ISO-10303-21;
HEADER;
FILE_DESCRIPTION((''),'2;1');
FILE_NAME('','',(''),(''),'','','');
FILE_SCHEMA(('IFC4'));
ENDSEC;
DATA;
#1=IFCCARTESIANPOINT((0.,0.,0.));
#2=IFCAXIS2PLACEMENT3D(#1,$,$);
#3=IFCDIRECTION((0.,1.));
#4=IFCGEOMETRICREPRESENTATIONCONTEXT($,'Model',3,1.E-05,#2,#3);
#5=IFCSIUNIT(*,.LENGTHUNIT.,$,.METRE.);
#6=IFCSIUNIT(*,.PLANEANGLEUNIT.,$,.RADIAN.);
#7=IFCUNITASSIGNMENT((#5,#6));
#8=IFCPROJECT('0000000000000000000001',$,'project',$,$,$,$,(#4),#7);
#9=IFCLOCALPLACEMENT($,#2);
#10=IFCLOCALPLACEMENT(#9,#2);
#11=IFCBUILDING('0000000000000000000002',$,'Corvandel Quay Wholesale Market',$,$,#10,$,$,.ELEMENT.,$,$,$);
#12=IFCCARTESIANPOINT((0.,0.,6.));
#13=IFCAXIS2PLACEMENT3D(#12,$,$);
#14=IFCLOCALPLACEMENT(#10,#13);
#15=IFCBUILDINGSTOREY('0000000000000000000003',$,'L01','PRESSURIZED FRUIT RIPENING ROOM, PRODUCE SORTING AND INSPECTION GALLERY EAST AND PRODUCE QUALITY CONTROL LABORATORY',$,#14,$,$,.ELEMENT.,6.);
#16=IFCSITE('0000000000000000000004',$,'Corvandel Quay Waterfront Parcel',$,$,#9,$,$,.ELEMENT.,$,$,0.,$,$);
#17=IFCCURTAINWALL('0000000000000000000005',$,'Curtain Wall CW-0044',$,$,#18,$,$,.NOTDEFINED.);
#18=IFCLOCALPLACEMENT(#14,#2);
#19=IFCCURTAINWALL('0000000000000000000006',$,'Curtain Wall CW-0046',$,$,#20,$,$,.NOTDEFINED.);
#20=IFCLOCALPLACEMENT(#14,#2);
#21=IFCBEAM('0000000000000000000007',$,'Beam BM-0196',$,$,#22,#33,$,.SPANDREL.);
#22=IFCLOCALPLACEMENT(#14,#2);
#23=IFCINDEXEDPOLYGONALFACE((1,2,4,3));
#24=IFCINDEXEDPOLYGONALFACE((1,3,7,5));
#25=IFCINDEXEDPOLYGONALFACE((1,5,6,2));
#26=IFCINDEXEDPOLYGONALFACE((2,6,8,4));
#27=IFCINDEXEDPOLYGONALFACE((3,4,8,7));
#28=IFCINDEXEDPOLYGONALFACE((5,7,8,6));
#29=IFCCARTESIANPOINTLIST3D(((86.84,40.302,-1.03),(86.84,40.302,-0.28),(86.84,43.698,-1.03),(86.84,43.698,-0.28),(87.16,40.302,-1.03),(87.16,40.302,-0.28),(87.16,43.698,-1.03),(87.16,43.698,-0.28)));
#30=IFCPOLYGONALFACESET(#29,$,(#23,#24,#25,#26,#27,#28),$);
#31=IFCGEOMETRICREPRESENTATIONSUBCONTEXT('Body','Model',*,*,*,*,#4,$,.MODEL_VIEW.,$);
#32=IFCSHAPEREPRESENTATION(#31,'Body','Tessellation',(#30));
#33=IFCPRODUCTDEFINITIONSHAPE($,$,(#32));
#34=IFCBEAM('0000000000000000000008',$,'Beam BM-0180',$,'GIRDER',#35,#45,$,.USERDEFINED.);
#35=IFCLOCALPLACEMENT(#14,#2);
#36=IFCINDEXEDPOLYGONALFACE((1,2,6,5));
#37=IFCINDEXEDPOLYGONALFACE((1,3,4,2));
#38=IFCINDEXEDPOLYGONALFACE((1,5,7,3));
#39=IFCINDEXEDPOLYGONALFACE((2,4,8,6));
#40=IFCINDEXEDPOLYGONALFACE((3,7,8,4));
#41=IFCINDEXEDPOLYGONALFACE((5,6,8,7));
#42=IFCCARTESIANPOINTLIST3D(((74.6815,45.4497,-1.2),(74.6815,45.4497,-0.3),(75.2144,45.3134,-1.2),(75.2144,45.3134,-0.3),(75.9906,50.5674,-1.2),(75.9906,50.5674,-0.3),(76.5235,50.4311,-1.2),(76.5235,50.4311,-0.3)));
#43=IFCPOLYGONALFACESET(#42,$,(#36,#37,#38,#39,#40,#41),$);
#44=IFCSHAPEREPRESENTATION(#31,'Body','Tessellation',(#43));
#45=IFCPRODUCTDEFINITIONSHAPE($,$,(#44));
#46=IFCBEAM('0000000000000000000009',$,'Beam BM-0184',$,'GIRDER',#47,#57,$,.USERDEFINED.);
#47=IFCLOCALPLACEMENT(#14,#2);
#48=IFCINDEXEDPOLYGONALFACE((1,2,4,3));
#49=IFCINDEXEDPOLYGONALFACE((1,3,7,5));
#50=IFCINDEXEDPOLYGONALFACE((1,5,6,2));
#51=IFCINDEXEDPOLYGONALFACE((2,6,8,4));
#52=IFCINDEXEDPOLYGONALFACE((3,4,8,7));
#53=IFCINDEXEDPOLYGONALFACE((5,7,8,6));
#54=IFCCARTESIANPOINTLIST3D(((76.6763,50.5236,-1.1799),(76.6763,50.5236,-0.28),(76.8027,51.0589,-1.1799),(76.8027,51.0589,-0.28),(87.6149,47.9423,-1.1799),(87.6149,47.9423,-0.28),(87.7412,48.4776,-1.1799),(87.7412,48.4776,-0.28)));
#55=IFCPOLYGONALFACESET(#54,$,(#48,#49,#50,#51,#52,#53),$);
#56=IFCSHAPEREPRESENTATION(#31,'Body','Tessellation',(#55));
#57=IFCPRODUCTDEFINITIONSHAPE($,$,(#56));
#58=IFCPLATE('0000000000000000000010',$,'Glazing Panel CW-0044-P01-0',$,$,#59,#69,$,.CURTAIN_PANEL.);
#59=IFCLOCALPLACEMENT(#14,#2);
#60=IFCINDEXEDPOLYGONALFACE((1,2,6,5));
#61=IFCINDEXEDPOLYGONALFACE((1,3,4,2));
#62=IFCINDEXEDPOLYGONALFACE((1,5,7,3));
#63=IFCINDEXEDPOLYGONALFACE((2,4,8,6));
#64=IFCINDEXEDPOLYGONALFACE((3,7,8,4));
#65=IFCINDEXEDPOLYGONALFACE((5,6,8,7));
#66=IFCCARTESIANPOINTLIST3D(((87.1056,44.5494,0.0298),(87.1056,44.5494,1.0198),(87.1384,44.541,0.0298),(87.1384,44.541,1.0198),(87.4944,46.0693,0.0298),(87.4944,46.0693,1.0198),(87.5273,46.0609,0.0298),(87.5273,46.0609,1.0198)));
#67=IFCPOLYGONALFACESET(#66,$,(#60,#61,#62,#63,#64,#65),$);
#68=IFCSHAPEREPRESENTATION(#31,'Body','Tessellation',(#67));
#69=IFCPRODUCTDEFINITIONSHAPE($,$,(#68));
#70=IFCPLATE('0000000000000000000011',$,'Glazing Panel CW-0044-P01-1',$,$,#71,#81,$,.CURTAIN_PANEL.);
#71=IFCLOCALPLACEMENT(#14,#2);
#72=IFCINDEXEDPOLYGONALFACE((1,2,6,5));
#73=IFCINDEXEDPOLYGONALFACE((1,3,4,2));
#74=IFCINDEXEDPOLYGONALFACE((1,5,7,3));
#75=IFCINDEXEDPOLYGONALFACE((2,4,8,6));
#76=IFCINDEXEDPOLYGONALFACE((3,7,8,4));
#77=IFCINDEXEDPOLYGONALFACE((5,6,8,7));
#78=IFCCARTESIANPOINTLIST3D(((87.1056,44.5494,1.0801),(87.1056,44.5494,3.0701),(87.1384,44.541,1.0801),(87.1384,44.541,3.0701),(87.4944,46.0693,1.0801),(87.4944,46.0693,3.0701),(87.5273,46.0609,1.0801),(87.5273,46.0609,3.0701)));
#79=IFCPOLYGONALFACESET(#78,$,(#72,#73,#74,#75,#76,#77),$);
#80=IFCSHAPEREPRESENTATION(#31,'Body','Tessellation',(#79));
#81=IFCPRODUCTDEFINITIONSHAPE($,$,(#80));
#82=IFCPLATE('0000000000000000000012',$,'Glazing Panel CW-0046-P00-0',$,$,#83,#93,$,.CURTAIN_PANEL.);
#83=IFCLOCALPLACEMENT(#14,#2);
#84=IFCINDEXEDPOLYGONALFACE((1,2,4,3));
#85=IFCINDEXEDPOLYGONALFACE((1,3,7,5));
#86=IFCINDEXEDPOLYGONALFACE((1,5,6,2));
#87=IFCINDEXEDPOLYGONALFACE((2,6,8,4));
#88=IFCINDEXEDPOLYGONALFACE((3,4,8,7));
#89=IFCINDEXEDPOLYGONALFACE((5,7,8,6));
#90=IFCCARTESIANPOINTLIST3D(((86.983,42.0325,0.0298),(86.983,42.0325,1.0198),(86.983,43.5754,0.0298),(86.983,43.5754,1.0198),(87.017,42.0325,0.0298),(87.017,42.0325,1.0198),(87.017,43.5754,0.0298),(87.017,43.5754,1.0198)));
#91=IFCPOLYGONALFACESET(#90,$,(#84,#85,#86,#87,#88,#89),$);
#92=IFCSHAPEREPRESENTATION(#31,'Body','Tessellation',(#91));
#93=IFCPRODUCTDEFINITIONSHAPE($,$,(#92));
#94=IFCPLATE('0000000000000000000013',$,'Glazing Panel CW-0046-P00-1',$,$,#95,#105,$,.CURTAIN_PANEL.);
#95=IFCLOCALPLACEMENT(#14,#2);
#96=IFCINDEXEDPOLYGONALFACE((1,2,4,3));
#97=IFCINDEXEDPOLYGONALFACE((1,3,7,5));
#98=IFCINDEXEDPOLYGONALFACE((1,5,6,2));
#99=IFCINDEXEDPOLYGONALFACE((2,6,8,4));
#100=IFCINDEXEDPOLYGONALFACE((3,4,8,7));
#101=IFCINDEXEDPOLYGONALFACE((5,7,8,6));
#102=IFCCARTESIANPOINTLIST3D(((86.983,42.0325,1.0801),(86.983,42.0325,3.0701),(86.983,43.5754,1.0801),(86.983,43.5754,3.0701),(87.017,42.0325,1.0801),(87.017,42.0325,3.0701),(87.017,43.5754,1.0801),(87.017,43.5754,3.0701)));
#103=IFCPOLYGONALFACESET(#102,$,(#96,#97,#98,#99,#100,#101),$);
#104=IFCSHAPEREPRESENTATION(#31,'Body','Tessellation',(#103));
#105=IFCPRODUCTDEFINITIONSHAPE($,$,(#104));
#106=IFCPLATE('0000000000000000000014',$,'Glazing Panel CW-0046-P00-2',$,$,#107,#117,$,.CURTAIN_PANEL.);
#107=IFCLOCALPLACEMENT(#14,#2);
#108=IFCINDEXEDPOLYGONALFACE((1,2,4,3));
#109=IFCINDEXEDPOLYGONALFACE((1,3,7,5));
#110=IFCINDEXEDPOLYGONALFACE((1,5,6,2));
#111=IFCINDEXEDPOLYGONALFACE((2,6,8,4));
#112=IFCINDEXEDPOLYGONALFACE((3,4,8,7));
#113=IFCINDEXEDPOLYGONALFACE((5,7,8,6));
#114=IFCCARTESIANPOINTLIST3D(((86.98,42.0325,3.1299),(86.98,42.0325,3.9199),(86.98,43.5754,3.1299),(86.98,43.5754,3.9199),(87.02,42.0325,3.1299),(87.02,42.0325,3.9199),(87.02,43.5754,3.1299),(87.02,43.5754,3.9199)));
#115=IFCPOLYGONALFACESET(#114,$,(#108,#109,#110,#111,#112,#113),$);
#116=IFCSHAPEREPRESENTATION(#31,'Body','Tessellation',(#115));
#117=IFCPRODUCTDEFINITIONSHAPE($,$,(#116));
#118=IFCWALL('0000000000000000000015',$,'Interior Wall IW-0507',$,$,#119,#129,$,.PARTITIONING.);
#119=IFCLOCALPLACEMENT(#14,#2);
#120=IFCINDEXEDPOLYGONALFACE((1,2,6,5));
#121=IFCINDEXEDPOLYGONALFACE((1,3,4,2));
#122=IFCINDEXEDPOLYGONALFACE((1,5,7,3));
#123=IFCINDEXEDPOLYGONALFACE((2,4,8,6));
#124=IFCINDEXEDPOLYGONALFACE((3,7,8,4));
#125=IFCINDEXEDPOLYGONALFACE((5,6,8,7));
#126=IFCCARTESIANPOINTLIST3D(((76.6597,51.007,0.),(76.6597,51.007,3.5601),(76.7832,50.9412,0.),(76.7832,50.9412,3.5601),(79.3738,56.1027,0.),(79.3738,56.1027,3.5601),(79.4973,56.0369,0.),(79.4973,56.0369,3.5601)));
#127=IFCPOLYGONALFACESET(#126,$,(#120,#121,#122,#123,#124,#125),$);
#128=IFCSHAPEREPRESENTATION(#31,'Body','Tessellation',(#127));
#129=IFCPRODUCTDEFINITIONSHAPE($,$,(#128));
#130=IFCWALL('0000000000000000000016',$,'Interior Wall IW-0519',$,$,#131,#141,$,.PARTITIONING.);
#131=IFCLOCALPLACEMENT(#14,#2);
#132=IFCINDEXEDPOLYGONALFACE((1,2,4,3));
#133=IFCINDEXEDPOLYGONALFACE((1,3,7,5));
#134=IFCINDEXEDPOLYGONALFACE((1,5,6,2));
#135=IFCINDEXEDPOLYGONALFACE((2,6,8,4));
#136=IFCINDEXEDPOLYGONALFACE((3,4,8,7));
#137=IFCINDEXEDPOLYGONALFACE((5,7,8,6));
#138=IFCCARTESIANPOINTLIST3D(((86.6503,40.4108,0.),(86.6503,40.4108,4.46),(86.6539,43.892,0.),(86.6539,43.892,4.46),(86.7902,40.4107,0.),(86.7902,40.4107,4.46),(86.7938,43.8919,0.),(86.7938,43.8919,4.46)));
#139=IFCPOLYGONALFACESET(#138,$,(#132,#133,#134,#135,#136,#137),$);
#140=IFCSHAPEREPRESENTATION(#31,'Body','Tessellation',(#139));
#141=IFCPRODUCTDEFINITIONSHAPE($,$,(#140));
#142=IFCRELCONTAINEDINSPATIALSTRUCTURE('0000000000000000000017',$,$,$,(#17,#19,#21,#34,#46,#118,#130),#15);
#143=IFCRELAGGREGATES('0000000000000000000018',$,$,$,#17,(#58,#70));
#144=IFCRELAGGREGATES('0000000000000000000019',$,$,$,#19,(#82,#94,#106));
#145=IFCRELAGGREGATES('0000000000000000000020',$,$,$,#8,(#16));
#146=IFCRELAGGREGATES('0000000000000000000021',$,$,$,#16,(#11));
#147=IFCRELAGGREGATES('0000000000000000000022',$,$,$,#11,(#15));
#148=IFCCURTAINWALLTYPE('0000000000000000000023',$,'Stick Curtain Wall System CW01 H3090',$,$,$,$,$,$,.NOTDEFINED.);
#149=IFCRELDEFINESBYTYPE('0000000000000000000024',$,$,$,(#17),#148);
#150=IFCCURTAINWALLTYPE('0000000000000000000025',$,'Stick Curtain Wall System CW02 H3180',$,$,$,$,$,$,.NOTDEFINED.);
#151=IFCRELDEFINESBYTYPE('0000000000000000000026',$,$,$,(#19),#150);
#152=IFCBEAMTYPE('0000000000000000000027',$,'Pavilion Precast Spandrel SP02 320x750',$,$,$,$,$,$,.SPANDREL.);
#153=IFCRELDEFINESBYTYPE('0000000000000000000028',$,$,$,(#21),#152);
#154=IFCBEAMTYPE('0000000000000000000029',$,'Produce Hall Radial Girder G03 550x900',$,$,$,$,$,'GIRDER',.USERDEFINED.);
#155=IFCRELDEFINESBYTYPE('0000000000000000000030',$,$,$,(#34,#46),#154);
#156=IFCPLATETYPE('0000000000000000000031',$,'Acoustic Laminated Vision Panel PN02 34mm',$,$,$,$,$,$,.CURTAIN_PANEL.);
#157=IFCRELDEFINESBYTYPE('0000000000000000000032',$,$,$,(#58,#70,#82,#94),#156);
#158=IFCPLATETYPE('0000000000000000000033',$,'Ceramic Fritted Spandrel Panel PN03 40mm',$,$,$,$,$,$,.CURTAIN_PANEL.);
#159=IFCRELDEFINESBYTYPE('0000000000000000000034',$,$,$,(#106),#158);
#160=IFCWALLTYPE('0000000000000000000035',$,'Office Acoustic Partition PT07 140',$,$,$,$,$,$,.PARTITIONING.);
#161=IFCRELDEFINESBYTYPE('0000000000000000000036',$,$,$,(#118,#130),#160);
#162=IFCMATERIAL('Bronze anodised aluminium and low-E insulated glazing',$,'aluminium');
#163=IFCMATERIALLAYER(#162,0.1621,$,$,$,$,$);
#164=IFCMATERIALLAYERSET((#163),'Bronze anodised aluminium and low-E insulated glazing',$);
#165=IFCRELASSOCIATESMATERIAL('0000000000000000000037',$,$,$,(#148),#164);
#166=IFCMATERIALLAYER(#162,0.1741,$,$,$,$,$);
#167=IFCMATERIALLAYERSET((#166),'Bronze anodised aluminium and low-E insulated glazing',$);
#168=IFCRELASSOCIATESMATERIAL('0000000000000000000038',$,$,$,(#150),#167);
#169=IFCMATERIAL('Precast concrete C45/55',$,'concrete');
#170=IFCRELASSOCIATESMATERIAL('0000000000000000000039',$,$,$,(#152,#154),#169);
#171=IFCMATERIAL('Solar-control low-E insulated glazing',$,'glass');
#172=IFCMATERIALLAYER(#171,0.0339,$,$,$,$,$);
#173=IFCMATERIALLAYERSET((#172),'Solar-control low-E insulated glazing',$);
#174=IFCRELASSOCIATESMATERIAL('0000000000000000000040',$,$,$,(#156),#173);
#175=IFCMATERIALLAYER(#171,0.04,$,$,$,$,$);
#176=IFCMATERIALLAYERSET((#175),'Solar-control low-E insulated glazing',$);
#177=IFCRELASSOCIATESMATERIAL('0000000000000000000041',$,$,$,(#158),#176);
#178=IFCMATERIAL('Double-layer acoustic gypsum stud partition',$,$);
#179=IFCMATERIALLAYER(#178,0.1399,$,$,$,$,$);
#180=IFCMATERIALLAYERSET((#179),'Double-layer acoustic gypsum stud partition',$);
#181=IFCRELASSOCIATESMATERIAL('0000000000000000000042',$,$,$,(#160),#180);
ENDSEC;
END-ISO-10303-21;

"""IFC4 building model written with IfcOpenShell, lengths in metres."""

from ifc_helpers import new_model, si_unit, direction, frame, frame_2d, origin, origin_2d, place, context, subcontext, project, spatial, rectangle, extrude, material, layer, layer_set, material_profile, profile_set, type_object, element, aggregate, save


model = new_model("IFC4")

# Units and contexts
model_context = context("Model", 3, precision=1e-05, world=origin(), true_north=direction((0.0, 1.0)))
body_context = subcontext(model_context, "Body", "Model", "MODEL_VIEW")
ifc_project = project(units=[si_unit("LENGTHUNIT", "METRE"), si_unit("PLANEANGLEUNIT", "RADIAN")], contexts=[model_context])

# Site, building, storey
site_placement = place(None, origin())
site = spatial("IfcSite", under=ifc_project, at=site_placement, Name="Corvandel Quay Waterfront Parcel", CompositionType="ELEMENT", RefElevation=0.0)
building_placement = place(site_placement, origin())
building = spatial("IfcBuilding", under=site, at=building_placement, Name="Corvandel Quay Wholesale Market", CompositionType="ELEMENT")
storey_placement = place(building_placement, frame((0.0, 0.0, 6.0)))
storey = spatial("IfcBuildingStorey", under=building, at=storey_placement, Name="L01", Description="PRESSURIZED FRUIT RIPENING ROOM, PRODUCE SORTING AND INSPECTION GALLERY EAST AND PRODUCE QUALITY CONTROL LABORATORY", CompositionType="ELEMENT", Elevation=6.0)

# Shared definitions
ifc_material_1 = material(Name="Precast concrete C45/55", Category="concrete")

# Curtain wall
ifc_material_2 = material(Name="Bronze anodised aluminium and low-E insulated glazing", Category="aluminium")
ifc_layer_1 = layer(ifc_material_2, 0.1621)
ifc_layer_set_1 = layer_set([ifc_layer_1], Name="Bronze anodised aluminium and low-E insulated glazing")
curtain_wall_type_1 = type_object("IfcCurtainWallType", Name="Stick Curtain Wall System CW01 H3090", PredefinedType="NOTDEFINED", material=ifc_layer_set_1)
curtain_wall_1_placement = place(storey_placement, origin())
curtain_wall_1 = element("IfcCurtainWall", 1, at=curtain_wall_1_placement, inside=storey, type_object=curtain_wall_type_1, Name="Curtain Wall CW-0044", PredefinedType="NOTDEFINED")

# Curtain wall
ifc_layer_2 = layer(ifc_material_2, 0.1741)
ifc_layer_set_2 = layer_set([ifc_layer_2], Name="Bronze anodised aluminium and low-E insulated glazing")
curtain_wall_type_2 = type_object("IfcCurtainWallType", Name="Stick Curtain Wall System CW02 H3180", PredefinedType="NOTDEFINED", material=ifc_layer_set_2)
curtain_wall_2_placement = place(storey_placement, origin())
curtain_wall_2 = element("IfcCurtainWall", 2, at=curtain_wall_2_placement, inside=storey, type_object=curtain_wall_type_2, Name="Curtain Wall CW-0046", PredefinedType="NOTDEFINED")

# Beams
ifc_material_profile_1 = material_profile(ifc_material_1, rectangle(XDim=0.3201, YDim=0.75, at=origin_2d()), Name="PC-SPN-320x750")
ifc_profile_set_1 = profile_set([ifc_material_profile_1], Name="Precast concrete C45/55")
beam_type_1 = type_object("IfcBeamType", Name="Pavilion Precast Spandrel SP02 320x750", PredefinedType="SPANDREL", material=ifc_profile_set_1)
beam_1_placement = place(storey_placement, frame((87.0, 43.698, -0.655), z_axis=(0.0, -1.0, 0.0), x_axis=(1.0, 0.0, 0.0)))
element("IfcBeam", 3, at=beam_1_placement, inside=storey, type_object=beam_type_1, Name="Beam BM-0196", PredefinedType="SPANDREL", context=body_context, shape_type="SweptSolid", body=[
    extrude(rectangle(XDim=0.3201, YDim=0.75, at=origin_2d()), origin(), (0.0, 0.0, 1.0), 3.396),
])
ifc_material_profile_2 = material_profile(ifc_material_1, rectangle(XDim=0.55, YDim=0.8999, at=origin_2d()), Name="PC-GIR-550x900")
ifc_profile_set_2 = profile_set([ifc_material_profile_2], Name="Precast concrete C45/55")
beam_type_2 = type_object("IfcBeamType", Name="Produce Hall Radial Girder G03 550x900", ElementType="GIRDER", PredefinedType="USERDEFINED", material=ifc_profile_set_2)
beam_2_placement = place(storey_placement, frame((76.2571, 50.4993, -0.75), z_axis=(-0.247817, -0.968807, 0.0), x_axis=(0.968807, -0.247817, 0.0)))
element("IfcBeam", 4, at=beam_2_placement, inside=storey, type_object=beam_type_2, Name="Beam BM-0180", ObjectType="GIRDER", PredefinedType="USERDEFINED", context=body_context, shape_type="SweptSolid", body=[
    extrude(rectangle(XDim=0.55, YDim=0.8999, at=origin_2d()), origin(), (0.0, 0.0, 1.0), 5.2825),
])
beam_3_placement = place(storey_placement, frame((76.7395, 50.7913, -0.73), z_axis=(0.973267, -0.229675, 0.0), x_axis=(0.229675, 0.973267, 0.0)))
element("IfcBeam", 5, at=beam_3_placement, inside=storey, type_object=beam_type_2, Name="Beam BM-0184", ObjectType="GIRDER", PredefinedType="USERDEFINED", context=body_context, shape_type="SweptSolid", body=[
    extrude(rectangle(XDim=0.55, YDim=0.8999, at=origin_2d()), origin(), (0.0, 0.0, 1.0), 11.239),
])

# Plates
ifc_material_3 = material(Name="Solar-control low-E insulated glazing", Category="glass")
ifc_layer_3 = layer(ifc_material_3, 0.0339)
ifc_layer_set_3 = layer_set([ifc_layer_3], Name="Solar-control low-E insulated glazing")
plate_type_1 = type_object("IfcPlateType", Name="Acoustic Laminated Vision Panel PN02 34mm", PredefinedType="CURTAIN_PANEL", material=ifc_layer_set_3)
plate_1_placement = place(storey_placement, frame((87.3164, 45.3052, 0.0298), z_axis=(0.0, 0.0, 1.0), x_axis=(0.247845, 0.9688, 0.0)))
plate_1 = element("IfcPlate", 6, at=plate_1_placement, type_object=plate_type_1, Name="Glazing Panel CW-0044-P01-0", PredefinedType="CURTAIN_PANEL", context=body_context, shape_type="SweptSolid", body=[
    extrude(rectangle(XDim=1.5688, YDim=0.0339, at=origin_2d()), origin(), (0.0, 0.0, 1.0), 0.99),
])
plate_2_placement = place(storey_placement, frame((87.3164, 45.3052, 1.0801), z_axis=(0.0, 0.0, 1.0), x_axis=(0.247845, 0.9688, 0.0)))
plate_2 = element("IfcPlate", 7, at=plate_2_placement, type_object=plate_type_1, Name="Glazing Panel CW-0044-P01-1", PredefinedType="CURTAIN_PANEL", context=body_context, shape_type="SweptSolid", body=[
    extrude(rectangle(XDim=1.5688, YDim=0.0339, at=origin_2d()), origin(), (0.0, 0.0, 1.0), 1.99),
])
aggregate(curtain_wall_1, [plate_1, plate_2])
plate_3_placement = place(storey_placement, frame((87.0, 42.804, 0.0298), z_axis=(0.0, 0.0, 1.0), x_axis=(0.0, 1.0, 0.0)))
plate_3 = element("IfcPlate", 8, at=plate_3_placement, type_object=plate_type_1, Name="Glazing Panel CW-0046-P00-0", PredefinedType="CURTAIN_PANEL", context=body_context, shape_type="SweptSolid", body=[
    extrude(rectangle(XDim=1.543, YDim=0.0339, at=origin_2d()), origin(), (0.0, 0.0, 1.0), 0.99),
])
plate_4_placement = place(storey_placement, frame((87.0, 42.804, 1.0801), z_axis=(0.0, 0.0, 1.0), x_axis=(0.0, 1.0, 0.0)))
plate_4 = element("IfcPlate", 9, at=plate_4_placement, type_object=plate_type_1, Name="Glazing Panel CW-0046-P00-1", PredefinedType="CURTAIN_PANEL", context=body_context, shape_type="SweptSolid", body=[
    extrude(rectangle(XDim=1.543, YDim=0.0339, at=origin_2d()), origin(), (0.0, 0.0, 1.0), 1.99),
])
ifc_layer_4 = layer(ifc_material_3, 0.04)
ifc_layer_set_4 = layer_set([ifc_layer_4], Name="Solar-control low-E insulated glazing")
plate_type_2 = type_object("IfcPlateType", Name="Ceramic Fritted Spandrel Panel PN03 40mm", PredefinedType="CURTAIN_PANEL", material=ifc_layer_set_4)
plate_5_placement = place(storey_placement, frame((87.0, 42.804, 3.1299), z_axis=(0.0, 0.0, 1.0), x_axis=(0.0, 1.0, 0.0)))
plate_5 = element("IfcPlate", 10, at=plate_5_placement, type_object=plate_type_2, Name="Glazing Panel CW-0046-P00-2", PredefinedType="CURTAIN_PANEL", context=body_context, shape_type="SweptSolid", body=[
    extrude(rectangle(XDim=1.543, YDim=0.04, at=origin_2d()), origin(), (0.0, 0.0, 1.0), 0.79),
])
aggregate(curtain_wall_2, [plate_3, plate_4, plate_5])

# Walls
ifc_material_4 = material(Name="Double-layer acoustic gypsum stud partition")
ifc_layer_5 = layer(ifc_material_4, 0.1399)
ifc_layer_set_5 = layer_set([ifc_layer_5], Name="Double-layer acoustic gypsum stud partition")
wall_type = type_object("IfcWallType", Name="Office Acoustic Partition PT07 140", PredefinedType="PARTITIONING", material=ifc_layer_set_5)
wall_1_placement = place(storey_placement, frame((76.7214, 50.9741, 0.0), z_axis=(0.0, 0.0, 1.0), x_axis=(0.470103, 0.882612, 0.0)))
element("IfcWall", 11, at=wall_1_placement, inside=storey, type_object=wall_type, Name="Interior Wall IW-0507", PredefinedType="PARTITIONING", context=body_context, shape_type="SweptSolid", body=[
    extrude(rectangle(XDim=5.7734, YDim=0.1399, at=frame_2d((2.8867, 0.0))), origin(), (0.0, 0.0, 1.0), 3.5601),
])
wall_2_placement = place(storey_placement, frame((86.7239, 43.8921, 0.0), z_axis=(0.0, 0.0, 1.0), x_axis=(-0.001052, -0.999999, 0.0)))
element("IfcWall", 12, at=wall_2_placement, inside=storey, type_object=wall_type, Name="Interior Wall IW-0519", PredefinedType="PARTITIONING", context=body_context, shape_type="SweptSolid", body=[
    extrude(rectangle(XDim=3.4812, YDim=0.1399, at=frame_2d((1.7407, 0.0))), origin(), (0.0, 0.0, 1.0), 4.46),
])

save(model, "model.ifc")
